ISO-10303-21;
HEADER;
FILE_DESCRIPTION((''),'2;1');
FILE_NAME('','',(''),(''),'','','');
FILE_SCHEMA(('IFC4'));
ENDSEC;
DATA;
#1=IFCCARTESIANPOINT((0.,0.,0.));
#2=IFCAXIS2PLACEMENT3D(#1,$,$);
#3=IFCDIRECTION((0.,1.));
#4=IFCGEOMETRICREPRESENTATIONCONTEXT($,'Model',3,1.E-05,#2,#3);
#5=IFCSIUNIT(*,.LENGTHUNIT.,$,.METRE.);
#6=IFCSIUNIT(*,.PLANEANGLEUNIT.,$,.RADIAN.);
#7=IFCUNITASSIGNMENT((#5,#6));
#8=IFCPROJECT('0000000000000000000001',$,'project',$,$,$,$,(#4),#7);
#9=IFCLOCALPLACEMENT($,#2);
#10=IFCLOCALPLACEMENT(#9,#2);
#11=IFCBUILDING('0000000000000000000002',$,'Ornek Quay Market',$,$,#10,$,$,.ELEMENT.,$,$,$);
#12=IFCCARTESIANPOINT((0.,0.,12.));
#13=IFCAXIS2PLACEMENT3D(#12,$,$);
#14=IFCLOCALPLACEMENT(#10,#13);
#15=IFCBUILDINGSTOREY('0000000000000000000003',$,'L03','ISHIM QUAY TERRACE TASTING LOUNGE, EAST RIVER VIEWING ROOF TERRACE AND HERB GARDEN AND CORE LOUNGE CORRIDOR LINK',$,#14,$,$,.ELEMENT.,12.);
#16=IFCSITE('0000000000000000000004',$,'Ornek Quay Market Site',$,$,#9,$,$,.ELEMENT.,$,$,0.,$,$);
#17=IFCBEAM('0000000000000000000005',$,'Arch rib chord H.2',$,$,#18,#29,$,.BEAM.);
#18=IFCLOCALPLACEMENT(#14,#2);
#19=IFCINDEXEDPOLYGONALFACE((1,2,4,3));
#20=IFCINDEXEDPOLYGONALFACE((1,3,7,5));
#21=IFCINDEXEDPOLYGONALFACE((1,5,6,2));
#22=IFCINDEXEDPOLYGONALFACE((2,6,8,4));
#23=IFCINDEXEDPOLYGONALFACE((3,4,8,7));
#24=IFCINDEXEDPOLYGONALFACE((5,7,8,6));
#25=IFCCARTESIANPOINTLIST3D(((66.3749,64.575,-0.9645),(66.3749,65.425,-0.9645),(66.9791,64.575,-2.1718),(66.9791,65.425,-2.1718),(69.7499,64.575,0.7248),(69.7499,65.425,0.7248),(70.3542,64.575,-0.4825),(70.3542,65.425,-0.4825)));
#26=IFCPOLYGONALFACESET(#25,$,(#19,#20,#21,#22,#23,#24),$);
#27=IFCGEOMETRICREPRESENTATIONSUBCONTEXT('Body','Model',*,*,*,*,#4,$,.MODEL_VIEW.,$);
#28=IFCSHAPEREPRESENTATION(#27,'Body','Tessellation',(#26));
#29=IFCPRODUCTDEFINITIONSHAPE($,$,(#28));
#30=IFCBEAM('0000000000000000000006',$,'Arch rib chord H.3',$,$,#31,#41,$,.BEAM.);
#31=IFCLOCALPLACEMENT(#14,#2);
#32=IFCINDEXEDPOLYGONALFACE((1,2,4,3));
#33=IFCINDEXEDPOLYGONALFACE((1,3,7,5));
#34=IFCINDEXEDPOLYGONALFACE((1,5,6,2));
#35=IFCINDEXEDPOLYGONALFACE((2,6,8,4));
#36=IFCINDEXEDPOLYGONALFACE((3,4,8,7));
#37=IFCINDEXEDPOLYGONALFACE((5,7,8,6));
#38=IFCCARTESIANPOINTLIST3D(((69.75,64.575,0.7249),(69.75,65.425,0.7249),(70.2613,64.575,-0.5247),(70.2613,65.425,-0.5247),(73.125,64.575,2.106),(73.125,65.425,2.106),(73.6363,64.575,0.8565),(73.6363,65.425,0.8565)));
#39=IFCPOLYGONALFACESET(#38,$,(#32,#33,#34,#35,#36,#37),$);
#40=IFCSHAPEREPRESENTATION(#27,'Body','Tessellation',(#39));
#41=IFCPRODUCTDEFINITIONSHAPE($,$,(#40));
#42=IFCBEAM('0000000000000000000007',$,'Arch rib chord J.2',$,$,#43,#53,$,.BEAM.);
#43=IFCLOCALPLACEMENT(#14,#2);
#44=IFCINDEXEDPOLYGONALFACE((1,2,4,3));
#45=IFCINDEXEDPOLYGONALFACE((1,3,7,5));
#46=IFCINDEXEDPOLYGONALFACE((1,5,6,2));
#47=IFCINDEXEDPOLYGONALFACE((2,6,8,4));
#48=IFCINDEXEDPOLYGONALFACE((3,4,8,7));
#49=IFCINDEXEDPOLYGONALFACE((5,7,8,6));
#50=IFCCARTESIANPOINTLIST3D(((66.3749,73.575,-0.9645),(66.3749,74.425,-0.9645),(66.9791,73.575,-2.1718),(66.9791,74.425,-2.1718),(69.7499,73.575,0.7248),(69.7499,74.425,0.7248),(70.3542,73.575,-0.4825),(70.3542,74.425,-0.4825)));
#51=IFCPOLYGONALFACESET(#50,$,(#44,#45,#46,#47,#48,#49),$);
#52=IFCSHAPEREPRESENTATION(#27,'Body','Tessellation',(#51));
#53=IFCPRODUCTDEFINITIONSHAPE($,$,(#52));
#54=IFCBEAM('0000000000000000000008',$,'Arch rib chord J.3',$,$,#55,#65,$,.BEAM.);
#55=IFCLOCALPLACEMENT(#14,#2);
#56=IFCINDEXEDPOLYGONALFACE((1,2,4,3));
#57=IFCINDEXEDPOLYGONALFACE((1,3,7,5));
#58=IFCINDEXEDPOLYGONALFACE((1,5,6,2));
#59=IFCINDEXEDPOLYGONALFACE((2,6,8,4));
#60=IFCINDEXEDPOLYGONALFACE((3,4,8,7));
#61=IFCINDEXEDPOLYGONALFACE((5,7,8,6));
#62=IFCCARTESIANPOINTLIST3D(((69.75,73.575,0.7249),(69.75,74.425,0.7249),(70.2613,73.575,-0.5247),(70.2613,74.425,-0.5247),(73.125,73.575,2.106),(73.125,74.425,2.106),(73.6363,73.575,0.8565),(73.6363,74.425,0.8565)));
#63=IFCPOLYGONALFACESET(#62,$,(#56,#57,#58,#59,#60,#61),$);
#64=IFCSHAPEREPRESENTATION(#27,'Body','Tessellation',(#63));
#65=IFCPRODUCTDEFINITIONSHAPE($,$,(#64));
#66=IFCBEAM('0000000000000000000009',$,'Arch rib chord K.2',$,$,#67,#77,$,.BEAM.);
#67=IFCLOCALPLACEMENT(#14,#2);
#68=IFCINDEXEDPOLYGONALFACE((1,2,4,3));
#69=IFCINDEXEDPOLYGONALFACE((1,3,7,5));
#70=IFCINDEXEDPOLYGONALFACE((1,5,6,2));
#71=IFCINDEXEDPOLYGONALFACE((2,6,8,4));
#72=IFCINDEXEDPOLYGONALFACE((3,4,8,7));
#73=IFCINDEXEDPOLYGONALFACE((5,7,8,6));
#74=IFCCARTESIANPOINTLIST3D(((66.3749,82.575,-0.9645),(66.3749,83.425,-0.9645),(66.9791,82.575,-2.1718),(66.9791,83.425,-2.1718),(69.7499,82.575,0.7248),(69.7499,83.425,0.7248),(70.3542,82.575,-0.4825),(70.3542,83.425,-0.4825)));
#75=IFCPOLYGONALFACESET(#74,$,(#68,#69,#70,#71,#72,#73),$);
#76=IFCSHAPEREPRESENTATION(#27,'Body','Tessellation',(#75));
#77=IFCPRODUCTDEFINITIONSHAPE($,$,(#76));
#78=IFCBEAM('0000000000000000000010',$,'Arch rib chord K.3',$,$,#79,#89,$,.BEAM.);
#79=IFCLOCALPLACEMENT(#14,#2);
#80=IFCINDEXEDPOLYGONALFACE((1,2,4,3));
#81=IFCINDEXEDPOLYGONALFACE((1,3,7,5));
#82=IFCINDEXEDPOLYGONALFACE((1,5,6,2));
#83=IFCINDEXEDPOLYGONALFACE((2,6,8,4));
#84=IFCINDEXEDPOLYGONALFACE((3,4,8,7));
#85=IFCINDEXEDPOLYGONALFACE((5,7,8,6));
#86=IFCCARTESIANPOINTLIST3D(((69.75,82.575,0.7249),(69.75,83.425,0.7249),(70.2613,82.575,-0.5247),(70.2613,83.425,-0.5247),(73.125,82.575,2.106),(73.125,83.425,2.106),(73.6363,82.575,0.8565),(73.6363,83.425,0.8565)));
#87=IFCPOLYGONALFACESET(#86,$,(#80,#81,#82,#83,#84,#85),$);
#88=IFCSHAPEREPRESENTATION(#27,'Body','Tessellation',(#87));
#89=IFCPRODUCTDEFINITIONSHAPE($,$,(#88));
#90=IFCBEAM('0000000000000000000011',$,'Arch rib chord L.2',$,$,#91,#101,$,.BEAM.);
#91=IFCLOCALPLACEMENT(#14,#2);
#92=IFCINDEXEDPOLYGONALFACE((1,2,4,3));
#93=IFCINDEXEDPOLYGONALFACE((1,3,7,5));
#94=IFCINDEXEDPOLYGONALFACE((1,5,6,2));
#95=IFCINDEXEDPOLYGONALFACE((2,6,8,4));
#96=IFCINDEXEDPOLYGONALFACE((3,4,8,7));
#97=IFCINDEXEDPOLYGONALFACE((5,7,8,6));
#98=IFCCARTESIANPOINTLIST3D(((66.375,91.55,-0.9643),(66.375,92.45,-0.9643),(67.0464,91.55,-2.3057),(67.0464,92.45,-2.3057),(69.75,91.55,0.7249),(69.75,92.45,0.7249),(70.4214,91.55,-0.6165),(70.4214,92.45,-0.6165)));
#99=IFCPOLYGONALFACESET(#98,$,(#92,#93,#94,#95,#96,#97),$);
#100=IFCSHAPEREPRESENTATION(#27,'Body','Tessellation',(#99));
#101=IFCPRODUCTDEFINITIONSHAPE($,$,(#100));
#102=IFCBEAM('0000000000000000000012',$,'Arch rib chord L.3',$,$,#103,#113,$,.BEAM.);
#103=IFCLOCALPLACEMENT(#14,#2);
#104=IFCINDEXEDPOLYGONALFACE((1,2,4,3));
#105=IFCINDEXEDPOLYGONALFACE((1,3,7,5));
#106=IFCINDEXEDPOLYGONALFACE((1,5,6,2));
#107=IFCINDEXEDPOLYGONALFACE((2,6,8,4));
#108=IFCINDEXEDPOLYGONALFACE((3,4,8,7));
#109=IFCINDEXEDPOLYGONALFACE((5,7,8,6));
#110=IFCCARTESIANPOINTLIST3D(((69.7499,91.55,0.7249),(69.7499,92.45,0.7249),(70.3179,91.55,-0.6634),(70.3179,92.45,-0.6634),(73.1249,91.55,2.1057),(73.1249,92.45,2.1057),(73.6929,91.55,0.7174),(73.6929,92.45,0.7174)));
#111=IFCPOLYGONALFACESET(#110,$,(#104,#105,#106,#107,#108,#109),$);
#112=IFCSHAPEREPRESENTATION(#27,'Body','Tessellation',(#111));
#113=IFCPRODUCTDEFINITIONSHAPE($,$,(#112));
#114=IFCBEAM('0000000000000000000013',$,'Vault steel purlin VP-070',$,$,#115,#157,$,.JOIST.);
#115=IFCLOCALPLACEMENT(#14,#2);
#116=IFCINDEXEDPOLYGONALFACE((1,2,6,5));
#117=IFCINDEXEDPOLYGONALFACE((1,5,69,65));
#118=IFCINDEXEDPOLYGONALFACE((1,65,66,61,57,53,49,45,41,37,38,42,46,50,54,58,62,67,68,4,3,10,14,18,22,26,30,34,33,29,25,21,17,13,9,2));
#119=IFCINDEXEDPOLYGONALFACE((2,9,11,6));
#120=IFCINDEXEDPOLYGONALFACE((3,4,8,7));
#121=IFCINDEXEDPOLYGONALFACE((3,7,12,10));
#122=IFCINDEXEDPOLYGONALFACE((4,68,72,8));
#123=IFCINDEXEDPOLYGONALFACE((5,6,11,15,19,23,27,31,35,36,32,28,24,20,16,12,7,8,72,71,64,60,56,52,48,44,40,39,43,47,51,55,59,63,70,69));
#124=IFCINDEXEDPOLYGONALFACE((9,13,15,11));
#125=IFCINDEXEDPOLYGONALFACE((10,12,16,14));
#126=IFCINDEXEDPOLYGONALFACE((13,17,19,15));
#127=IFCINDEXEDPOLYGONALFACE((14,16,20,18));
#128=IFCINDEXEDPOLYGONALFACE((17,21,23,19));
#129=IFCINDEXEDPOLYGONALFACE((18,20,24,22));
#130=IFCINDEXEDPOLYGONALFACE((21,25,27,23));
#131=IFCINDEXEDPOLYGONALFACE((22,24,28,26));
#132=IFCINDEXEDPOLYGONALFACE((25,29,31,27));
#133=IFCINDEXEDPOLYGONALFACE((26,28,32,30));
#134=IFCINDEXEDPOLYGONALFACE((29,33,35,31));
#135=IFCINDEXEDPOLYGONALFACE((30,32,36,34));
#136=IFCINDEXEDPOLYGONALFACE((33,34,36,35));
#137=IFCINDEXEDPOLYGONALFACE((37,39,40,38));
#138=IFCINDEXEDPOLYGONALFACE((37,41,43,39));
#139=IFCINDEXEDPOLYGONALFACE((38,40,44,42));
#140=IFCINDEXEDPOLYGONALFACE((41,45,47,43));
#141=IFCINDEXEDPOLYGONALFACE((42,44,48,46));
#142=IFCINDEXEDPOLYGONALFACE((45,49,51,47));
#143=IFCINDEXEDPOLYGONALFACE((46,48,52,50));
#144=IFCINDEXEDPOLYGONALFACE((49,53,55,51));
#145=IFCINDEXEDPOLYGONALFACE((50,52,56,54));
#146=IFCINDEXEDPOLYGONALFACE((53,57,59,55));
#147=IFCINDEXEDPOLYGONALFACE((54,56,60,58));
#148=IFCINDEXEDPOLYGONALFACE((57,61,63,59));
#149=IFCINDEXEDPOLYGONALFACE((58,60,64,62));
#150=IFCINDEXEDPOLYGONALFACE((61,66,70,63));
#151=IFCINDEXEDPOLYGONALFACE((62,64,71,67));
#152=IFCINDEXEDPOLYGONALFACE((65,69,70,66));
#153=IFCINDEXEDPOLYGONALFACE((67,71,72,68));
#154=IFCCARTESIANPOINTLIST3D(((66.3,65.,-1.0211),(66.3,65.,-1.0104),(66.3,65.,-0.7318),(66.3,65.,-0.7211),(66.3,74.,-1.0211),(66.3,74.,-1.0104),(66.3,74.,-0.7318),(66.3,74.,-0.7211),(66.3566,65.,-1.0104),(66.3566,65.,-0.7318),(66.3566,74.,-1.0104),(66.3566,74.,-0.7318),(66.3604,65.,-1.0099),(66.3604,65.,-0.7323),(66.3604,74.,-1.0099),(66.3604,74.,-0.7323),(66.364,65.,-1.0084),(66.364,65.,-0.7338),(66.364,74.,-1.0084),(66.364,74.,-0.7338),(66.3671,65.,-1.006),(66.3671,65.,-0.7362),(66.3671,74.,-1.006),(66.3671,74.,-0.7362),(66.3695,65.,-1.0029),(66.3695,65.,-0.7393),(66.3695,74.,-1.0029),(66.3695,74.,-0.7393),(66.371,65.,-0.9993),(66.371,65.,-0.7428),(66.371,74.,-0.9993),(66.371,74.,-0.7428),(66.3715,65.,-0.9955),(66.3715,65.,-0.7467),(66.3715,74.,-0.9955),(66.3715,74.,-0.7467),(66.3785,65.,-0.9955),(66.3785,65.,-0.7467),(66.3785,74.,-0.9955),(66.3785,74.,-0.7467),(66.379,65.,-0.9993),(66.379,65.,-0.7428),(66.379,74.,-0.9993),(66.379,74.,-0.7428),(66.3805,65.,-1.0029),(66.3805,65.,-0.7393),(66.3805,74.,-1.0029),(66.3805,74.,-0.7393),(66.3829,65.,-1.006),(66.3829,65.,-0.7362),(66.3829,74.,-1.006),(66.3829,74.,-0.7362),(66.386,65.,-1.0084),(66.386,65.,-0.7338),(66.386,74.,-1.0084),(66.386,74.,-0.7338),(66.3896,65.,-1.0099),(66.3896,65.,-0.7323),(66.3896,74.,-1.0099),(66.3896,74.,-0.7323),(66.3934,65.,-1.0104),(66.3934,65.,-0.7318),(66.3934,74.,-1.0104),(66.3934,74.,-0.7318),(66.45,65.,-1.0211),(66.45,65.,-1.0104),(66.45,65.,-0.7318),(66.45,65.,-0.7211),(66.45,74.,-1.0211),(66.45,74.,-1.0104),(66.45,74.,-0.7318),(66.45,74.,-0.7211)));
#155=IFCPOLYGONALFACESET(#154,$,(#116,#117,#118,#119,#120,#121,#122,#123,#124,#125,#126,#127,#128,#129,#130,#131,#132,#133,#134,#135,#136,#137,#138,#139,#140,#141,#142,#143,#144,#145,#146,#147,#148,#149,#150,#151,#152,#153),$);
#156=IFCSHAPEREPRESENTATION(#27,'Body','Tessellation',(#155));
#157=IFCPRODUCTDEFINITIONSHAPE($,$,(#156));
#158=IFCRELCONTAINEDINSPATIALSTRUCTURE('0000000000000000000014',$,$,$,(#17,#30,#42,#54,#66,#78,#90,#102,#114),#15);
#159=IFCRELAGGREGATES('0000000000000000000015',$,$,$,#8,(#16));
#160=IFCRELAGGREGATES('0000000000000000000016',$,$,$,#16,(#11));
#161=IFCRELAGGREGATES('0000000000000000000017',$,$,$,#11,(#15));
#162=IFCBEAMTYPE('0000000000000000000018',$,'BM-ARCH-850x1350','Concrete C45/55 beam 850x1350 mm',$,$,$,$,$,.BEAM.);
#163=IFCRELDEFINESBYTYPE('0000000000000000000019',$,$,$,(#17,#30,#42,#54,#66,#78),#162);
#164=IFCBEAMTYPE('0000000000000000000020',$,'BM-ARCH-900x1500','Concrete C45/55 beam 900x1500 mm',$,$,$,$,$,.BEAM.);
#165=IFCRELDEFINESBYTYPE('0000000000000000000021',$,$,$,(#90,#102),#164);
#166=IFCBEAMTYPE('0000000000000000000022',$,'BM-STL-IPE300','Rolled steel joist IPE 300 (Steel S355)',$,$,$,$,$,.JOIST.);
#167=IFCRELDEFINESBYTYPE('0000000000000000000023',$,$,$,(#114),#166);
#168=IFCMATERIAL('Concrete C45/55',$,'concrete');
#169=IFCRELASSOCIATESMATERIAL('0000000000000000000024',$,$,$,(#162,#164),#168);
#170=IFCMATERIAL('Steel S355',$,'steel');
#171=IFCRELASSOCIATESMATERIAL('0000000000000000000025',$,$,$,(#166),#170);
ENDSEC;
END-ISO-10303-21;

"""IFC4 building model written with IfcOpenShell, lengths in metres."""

from ifc_helpers import new_model, si_unit, direction, frame, origin, origin_2d, place, context, subcontext, project, spatial, rectangle, i_section, extrude, material, material_profile, profile_set, type_object, element, save


model = new_model("IFC4")

# Units and contexts
model_context = context("Model", 3, precision=1e-05, world=origin(), true_north=direction((0.0, 1.0)))
body_context = subcontext(model_context, "Body", "Model", "MODEL_VIEW")
ifc_project = project(units=[si_unit("LENGTHUNIT", "METRE"), si_unit("PLANEANGLEUNIT", "RADIAN")], contexts=[model_context])

# Site, building, storey
site_placement = place(None, origin())
site = spatial("IfcSite", under=ifc_project, at=site_placement, Name="Ornek Quay Market Site", CompositionType="ELEMENT", RefElevation=0.0)
building_placement = place(site_placement, origin())
building = spatial("IfcBuilding", under=site, at=building_placement, Name="Ornek Quay Market", CompositionType="ELEMENT")
storey_placement = place(building_placement, frame((0.0, 0.0, 12.0)))
storey = spatial("IfcBuildingStorey", under=building, at=storey_placement, Name="L03", Description="ISHIM QUAY TERRACE TASTING LOUNGE, EAST RIVER VIEWING ROOF TERRACE AND HERB GARDEN AND CORE LOUNGE CORRIDOR LINK", CompositionType="ELEMENT", Elevation=12.0)

# Beams
ifc_material_1 = material(Name="Concrete C45/55", Category="concrete")
ifc_material_profile_1 = material_profile(ifc_material_1, rectangle(XDim=0.8501, YDim=1.3501, at=origin_2d()), Name="RC 850x1350", Category="concrete")
ifc_profile_set_1 = profile_set([ifc_material_profile_1], Name="Concrete C45/55")
beam_type_1 = type_object("IfcBeamType", Name="BM-ARCH-850x1350", Description="Concrete C45/55 beam 850x1350 mm", PredefinedType="BEAM", material=ifc_profile_set_1)
beam_1_placement = place(storey_placement, frame((66.677, 65.0, -1.5681), z_axis=(0.894246, 0.0, 0.447576), x_axis=(0.0, 1.0, 0.0)))
element("IfcBeam", 1, at=beam_1_placement, inside=storey, type_object=beam_type_1, Name="Arch rib chord H.2", PredefinedType="BEAM", context=body_context, shape_type="SweptSolid", body=[
    extrude(rectangle(XDim=0.8501, YDim=1.3501, at=origin_2d()), origin(), (0.0, 0.0, 1.0), 3.7742),
])
beam_2_placement = place(storey_placement, frame((70.0056, 65.0, 0.1001), z_axis=(0.925506, 0.0, 0.378732), x_axis=(0.0, 1.0, 0.0)))
element("IfcBeam", 2, at=beam_2_placement, inside=storey, type_object=beam_type_1, Name="Arch rib chord H.3", PredefinedType="BEAM", context=body_context, shape_type="SweptSolid", body=[
    extrude(rectangle(XDim=0.8501, YDim=1.3501, at=origin_2d()), origin(), (0.0, 0.0, 1.0), 3.6467),
])
beam_3_placement = place(storey_placement, frame((66.677, 74.0, -1.5681), z_axis=(0.894246, 0.0, 0.447576), x_axis=(0.0, 1.0, 0.0)))
element("IfcBeam", 3, at=beam_3_placement, inside=storey, type_object=beam_type_1, Name="Arch rib chord J.2", PredefinedType="BEAM", context=body_context, shape_type="SweptSolid", body=[
    extrude(rectangle(XDim=0.8501, YDim=1.3501, at=origin_2d()), origin(), (0.0, 0.0, 1.0), 3.7742),
])
beam_4_placement = place(storey_placement, frame((70.0056, 74.0, 0.1001), z_axis=(0.925506, 0.0, 0.378732), x_axis=(0.0, 1.0, 0.0)))
element("IfcBeam", 4, at=beam_4_placement, inside=storey, type_object=beam_type_1, Name="Arch rib chord J.3", PredefinedType="BEAM", context=body_context, shape_type="SweptSolid", body=[
    extrude(rectangle(XDim=0.8501, YDim=1.3501, at=origin_2d()), origin(), (0.0, 0.0, 1.0), 3.6467),
])
beam_5_placement = place(storey_placement, frame((66.677, 83.0, -1.5681), z_axis=(0.894246, 0.0, 0.447576), x_axis=(0.0, 1.0, 0.0)))
element("IfcBeam", 5, at=beam_5_placement, inside=storey, type_object=beam_type_1, Name="Arch rib chord K.2", PredefinedType="BEAM", context=body_context, shape_type="SweptSolid", body=[
    extrude(rectangle(XDim=0.8501, YDim=1.3501, at=origin_2d()), origin(), (0.0, 0.0, 1.0), 3.7742),
])
beam_6_placement = place(storey_placement, frame((70.0056, 83.0, 0.1001), z_axis=(0.925506, 0.0, 0.378732), x_axis=(0.0, 1.0, 0.0)))
element("IfcBeam", 6, at=beam_6_placement, inside=storey, type_object=beam_type_1, Name="Arch rib chord K.3", PredefinedType="BEAM", context=body_context, shape_type="SweptSolid", body=[
    extrude(rectangle(XDim=0.8501, YDim=1.3501, at=origin_2d()), origin(), (0.0, 0.0, 1.0), 3.6467),
])
ifc_material_profile_2 = material_profile(ifc_material_1, rectangle(XDim=0.8999, YDim=1.5, at=origin_2d()), Name="RC 900x1500", Category="concrete")
ifc_profile_set_2 = profile_set([ifc_material_profile_2], Name="Concrete C45/55")
beam_type_2 = type_object("IfcBeamType", Name="BM-ARCH-900x1500", Description="Concrete C45/55 beam 900x1500 mm", PredefinedType="BEAM", material=ifc_profile_set_2)
beam_7_placement = place(storey_placement, frame((66.7107, 92.0, -1.635), z_axis=(0.894246, 0.0, 0.447576), x_axis=(0.0, 1.0, 0.0)))
element("IfcBeam", 7, at=beam_7_placement, inside=storey, type_object=beam_type_2, Name="Arch rib chord L.2", PredefinedType="BEAM", context=body_context, shape_type="SweptSolid", body=[
    extrude(rectangle(XDim=0.8999, YDim=1.5, at=origin_2d()), origin(), (0.0, 0.0, 1.0), 3.7742),
])
beam_8_placement = place(storey_placement, frame((70.0339, 92.0, 0.0308), z_axis=(0.92553, 0.0, 0.378675), x_axis=(0.0, 1.0, 0.0)))
element("IfcBeam", 8, at=beam_8_placement, inside=storey, type_object=beam_type_2, Name="Arch rib chord L.3", PredefinedType="BEAM", context=body_context, shape_type="SweptSolid", body=[
    extrude(rectangle(XDim=0.8999, YDim=1.5, at=origin_2d()), origin(), (0.0, 0.0, 1.0), 3.6465),
])
ifc_material_2 = material(Name="Steel S355", Category="steel")
ifc_material_profile_3 = material_profile(ifc_material_2, i_section(OverallWidth=0.1499, OverallDepth=0.3, WebThickness=0.0071, FlangeThickness=0.0107, FilletRadius=0.0149, at=origin_2d()), Name="IPE 300", Category="steel")
ifc_profile_set_3 = profile_set([ifc_material_profile_3], Name="Steel S355")
beam_type_3 = type_object("IfcBeamType", Name="BM-STL-IPE300", Description="Rolled steel joist IPE 300 (Steel S355)", PredefinedType="JOIST", material=ifc_profile_set_3)
for number, where, z_axis, x_axis, name in (
    (9, (66.375, 65.0, -0.8711), (0.0, 1.0, 0.0), (-1.0, 0.0, 0.0), "Vault steel purlin VP-070"),
):
    element("IfcBeam", number, at=place(storey_placement, frame(where, z_axis=z_axis, x_axis=x_axis)), inside=storey, type_object=beam_type_3, Name=name, PredefinedType="JOIST", context=body_context, shape_type="SweptSolid", body=[
        extrude(i_section(OverallWidth=0.1499, OverallDepth=0.3, WebThickness=0.0071, FlangeThickness=0.0107, FilletRadius=0.0149, at=origin_2d()), origin(), (0.0, 0.0, 1.0), 9.0),
    ])

save(model, "model.ifc")
